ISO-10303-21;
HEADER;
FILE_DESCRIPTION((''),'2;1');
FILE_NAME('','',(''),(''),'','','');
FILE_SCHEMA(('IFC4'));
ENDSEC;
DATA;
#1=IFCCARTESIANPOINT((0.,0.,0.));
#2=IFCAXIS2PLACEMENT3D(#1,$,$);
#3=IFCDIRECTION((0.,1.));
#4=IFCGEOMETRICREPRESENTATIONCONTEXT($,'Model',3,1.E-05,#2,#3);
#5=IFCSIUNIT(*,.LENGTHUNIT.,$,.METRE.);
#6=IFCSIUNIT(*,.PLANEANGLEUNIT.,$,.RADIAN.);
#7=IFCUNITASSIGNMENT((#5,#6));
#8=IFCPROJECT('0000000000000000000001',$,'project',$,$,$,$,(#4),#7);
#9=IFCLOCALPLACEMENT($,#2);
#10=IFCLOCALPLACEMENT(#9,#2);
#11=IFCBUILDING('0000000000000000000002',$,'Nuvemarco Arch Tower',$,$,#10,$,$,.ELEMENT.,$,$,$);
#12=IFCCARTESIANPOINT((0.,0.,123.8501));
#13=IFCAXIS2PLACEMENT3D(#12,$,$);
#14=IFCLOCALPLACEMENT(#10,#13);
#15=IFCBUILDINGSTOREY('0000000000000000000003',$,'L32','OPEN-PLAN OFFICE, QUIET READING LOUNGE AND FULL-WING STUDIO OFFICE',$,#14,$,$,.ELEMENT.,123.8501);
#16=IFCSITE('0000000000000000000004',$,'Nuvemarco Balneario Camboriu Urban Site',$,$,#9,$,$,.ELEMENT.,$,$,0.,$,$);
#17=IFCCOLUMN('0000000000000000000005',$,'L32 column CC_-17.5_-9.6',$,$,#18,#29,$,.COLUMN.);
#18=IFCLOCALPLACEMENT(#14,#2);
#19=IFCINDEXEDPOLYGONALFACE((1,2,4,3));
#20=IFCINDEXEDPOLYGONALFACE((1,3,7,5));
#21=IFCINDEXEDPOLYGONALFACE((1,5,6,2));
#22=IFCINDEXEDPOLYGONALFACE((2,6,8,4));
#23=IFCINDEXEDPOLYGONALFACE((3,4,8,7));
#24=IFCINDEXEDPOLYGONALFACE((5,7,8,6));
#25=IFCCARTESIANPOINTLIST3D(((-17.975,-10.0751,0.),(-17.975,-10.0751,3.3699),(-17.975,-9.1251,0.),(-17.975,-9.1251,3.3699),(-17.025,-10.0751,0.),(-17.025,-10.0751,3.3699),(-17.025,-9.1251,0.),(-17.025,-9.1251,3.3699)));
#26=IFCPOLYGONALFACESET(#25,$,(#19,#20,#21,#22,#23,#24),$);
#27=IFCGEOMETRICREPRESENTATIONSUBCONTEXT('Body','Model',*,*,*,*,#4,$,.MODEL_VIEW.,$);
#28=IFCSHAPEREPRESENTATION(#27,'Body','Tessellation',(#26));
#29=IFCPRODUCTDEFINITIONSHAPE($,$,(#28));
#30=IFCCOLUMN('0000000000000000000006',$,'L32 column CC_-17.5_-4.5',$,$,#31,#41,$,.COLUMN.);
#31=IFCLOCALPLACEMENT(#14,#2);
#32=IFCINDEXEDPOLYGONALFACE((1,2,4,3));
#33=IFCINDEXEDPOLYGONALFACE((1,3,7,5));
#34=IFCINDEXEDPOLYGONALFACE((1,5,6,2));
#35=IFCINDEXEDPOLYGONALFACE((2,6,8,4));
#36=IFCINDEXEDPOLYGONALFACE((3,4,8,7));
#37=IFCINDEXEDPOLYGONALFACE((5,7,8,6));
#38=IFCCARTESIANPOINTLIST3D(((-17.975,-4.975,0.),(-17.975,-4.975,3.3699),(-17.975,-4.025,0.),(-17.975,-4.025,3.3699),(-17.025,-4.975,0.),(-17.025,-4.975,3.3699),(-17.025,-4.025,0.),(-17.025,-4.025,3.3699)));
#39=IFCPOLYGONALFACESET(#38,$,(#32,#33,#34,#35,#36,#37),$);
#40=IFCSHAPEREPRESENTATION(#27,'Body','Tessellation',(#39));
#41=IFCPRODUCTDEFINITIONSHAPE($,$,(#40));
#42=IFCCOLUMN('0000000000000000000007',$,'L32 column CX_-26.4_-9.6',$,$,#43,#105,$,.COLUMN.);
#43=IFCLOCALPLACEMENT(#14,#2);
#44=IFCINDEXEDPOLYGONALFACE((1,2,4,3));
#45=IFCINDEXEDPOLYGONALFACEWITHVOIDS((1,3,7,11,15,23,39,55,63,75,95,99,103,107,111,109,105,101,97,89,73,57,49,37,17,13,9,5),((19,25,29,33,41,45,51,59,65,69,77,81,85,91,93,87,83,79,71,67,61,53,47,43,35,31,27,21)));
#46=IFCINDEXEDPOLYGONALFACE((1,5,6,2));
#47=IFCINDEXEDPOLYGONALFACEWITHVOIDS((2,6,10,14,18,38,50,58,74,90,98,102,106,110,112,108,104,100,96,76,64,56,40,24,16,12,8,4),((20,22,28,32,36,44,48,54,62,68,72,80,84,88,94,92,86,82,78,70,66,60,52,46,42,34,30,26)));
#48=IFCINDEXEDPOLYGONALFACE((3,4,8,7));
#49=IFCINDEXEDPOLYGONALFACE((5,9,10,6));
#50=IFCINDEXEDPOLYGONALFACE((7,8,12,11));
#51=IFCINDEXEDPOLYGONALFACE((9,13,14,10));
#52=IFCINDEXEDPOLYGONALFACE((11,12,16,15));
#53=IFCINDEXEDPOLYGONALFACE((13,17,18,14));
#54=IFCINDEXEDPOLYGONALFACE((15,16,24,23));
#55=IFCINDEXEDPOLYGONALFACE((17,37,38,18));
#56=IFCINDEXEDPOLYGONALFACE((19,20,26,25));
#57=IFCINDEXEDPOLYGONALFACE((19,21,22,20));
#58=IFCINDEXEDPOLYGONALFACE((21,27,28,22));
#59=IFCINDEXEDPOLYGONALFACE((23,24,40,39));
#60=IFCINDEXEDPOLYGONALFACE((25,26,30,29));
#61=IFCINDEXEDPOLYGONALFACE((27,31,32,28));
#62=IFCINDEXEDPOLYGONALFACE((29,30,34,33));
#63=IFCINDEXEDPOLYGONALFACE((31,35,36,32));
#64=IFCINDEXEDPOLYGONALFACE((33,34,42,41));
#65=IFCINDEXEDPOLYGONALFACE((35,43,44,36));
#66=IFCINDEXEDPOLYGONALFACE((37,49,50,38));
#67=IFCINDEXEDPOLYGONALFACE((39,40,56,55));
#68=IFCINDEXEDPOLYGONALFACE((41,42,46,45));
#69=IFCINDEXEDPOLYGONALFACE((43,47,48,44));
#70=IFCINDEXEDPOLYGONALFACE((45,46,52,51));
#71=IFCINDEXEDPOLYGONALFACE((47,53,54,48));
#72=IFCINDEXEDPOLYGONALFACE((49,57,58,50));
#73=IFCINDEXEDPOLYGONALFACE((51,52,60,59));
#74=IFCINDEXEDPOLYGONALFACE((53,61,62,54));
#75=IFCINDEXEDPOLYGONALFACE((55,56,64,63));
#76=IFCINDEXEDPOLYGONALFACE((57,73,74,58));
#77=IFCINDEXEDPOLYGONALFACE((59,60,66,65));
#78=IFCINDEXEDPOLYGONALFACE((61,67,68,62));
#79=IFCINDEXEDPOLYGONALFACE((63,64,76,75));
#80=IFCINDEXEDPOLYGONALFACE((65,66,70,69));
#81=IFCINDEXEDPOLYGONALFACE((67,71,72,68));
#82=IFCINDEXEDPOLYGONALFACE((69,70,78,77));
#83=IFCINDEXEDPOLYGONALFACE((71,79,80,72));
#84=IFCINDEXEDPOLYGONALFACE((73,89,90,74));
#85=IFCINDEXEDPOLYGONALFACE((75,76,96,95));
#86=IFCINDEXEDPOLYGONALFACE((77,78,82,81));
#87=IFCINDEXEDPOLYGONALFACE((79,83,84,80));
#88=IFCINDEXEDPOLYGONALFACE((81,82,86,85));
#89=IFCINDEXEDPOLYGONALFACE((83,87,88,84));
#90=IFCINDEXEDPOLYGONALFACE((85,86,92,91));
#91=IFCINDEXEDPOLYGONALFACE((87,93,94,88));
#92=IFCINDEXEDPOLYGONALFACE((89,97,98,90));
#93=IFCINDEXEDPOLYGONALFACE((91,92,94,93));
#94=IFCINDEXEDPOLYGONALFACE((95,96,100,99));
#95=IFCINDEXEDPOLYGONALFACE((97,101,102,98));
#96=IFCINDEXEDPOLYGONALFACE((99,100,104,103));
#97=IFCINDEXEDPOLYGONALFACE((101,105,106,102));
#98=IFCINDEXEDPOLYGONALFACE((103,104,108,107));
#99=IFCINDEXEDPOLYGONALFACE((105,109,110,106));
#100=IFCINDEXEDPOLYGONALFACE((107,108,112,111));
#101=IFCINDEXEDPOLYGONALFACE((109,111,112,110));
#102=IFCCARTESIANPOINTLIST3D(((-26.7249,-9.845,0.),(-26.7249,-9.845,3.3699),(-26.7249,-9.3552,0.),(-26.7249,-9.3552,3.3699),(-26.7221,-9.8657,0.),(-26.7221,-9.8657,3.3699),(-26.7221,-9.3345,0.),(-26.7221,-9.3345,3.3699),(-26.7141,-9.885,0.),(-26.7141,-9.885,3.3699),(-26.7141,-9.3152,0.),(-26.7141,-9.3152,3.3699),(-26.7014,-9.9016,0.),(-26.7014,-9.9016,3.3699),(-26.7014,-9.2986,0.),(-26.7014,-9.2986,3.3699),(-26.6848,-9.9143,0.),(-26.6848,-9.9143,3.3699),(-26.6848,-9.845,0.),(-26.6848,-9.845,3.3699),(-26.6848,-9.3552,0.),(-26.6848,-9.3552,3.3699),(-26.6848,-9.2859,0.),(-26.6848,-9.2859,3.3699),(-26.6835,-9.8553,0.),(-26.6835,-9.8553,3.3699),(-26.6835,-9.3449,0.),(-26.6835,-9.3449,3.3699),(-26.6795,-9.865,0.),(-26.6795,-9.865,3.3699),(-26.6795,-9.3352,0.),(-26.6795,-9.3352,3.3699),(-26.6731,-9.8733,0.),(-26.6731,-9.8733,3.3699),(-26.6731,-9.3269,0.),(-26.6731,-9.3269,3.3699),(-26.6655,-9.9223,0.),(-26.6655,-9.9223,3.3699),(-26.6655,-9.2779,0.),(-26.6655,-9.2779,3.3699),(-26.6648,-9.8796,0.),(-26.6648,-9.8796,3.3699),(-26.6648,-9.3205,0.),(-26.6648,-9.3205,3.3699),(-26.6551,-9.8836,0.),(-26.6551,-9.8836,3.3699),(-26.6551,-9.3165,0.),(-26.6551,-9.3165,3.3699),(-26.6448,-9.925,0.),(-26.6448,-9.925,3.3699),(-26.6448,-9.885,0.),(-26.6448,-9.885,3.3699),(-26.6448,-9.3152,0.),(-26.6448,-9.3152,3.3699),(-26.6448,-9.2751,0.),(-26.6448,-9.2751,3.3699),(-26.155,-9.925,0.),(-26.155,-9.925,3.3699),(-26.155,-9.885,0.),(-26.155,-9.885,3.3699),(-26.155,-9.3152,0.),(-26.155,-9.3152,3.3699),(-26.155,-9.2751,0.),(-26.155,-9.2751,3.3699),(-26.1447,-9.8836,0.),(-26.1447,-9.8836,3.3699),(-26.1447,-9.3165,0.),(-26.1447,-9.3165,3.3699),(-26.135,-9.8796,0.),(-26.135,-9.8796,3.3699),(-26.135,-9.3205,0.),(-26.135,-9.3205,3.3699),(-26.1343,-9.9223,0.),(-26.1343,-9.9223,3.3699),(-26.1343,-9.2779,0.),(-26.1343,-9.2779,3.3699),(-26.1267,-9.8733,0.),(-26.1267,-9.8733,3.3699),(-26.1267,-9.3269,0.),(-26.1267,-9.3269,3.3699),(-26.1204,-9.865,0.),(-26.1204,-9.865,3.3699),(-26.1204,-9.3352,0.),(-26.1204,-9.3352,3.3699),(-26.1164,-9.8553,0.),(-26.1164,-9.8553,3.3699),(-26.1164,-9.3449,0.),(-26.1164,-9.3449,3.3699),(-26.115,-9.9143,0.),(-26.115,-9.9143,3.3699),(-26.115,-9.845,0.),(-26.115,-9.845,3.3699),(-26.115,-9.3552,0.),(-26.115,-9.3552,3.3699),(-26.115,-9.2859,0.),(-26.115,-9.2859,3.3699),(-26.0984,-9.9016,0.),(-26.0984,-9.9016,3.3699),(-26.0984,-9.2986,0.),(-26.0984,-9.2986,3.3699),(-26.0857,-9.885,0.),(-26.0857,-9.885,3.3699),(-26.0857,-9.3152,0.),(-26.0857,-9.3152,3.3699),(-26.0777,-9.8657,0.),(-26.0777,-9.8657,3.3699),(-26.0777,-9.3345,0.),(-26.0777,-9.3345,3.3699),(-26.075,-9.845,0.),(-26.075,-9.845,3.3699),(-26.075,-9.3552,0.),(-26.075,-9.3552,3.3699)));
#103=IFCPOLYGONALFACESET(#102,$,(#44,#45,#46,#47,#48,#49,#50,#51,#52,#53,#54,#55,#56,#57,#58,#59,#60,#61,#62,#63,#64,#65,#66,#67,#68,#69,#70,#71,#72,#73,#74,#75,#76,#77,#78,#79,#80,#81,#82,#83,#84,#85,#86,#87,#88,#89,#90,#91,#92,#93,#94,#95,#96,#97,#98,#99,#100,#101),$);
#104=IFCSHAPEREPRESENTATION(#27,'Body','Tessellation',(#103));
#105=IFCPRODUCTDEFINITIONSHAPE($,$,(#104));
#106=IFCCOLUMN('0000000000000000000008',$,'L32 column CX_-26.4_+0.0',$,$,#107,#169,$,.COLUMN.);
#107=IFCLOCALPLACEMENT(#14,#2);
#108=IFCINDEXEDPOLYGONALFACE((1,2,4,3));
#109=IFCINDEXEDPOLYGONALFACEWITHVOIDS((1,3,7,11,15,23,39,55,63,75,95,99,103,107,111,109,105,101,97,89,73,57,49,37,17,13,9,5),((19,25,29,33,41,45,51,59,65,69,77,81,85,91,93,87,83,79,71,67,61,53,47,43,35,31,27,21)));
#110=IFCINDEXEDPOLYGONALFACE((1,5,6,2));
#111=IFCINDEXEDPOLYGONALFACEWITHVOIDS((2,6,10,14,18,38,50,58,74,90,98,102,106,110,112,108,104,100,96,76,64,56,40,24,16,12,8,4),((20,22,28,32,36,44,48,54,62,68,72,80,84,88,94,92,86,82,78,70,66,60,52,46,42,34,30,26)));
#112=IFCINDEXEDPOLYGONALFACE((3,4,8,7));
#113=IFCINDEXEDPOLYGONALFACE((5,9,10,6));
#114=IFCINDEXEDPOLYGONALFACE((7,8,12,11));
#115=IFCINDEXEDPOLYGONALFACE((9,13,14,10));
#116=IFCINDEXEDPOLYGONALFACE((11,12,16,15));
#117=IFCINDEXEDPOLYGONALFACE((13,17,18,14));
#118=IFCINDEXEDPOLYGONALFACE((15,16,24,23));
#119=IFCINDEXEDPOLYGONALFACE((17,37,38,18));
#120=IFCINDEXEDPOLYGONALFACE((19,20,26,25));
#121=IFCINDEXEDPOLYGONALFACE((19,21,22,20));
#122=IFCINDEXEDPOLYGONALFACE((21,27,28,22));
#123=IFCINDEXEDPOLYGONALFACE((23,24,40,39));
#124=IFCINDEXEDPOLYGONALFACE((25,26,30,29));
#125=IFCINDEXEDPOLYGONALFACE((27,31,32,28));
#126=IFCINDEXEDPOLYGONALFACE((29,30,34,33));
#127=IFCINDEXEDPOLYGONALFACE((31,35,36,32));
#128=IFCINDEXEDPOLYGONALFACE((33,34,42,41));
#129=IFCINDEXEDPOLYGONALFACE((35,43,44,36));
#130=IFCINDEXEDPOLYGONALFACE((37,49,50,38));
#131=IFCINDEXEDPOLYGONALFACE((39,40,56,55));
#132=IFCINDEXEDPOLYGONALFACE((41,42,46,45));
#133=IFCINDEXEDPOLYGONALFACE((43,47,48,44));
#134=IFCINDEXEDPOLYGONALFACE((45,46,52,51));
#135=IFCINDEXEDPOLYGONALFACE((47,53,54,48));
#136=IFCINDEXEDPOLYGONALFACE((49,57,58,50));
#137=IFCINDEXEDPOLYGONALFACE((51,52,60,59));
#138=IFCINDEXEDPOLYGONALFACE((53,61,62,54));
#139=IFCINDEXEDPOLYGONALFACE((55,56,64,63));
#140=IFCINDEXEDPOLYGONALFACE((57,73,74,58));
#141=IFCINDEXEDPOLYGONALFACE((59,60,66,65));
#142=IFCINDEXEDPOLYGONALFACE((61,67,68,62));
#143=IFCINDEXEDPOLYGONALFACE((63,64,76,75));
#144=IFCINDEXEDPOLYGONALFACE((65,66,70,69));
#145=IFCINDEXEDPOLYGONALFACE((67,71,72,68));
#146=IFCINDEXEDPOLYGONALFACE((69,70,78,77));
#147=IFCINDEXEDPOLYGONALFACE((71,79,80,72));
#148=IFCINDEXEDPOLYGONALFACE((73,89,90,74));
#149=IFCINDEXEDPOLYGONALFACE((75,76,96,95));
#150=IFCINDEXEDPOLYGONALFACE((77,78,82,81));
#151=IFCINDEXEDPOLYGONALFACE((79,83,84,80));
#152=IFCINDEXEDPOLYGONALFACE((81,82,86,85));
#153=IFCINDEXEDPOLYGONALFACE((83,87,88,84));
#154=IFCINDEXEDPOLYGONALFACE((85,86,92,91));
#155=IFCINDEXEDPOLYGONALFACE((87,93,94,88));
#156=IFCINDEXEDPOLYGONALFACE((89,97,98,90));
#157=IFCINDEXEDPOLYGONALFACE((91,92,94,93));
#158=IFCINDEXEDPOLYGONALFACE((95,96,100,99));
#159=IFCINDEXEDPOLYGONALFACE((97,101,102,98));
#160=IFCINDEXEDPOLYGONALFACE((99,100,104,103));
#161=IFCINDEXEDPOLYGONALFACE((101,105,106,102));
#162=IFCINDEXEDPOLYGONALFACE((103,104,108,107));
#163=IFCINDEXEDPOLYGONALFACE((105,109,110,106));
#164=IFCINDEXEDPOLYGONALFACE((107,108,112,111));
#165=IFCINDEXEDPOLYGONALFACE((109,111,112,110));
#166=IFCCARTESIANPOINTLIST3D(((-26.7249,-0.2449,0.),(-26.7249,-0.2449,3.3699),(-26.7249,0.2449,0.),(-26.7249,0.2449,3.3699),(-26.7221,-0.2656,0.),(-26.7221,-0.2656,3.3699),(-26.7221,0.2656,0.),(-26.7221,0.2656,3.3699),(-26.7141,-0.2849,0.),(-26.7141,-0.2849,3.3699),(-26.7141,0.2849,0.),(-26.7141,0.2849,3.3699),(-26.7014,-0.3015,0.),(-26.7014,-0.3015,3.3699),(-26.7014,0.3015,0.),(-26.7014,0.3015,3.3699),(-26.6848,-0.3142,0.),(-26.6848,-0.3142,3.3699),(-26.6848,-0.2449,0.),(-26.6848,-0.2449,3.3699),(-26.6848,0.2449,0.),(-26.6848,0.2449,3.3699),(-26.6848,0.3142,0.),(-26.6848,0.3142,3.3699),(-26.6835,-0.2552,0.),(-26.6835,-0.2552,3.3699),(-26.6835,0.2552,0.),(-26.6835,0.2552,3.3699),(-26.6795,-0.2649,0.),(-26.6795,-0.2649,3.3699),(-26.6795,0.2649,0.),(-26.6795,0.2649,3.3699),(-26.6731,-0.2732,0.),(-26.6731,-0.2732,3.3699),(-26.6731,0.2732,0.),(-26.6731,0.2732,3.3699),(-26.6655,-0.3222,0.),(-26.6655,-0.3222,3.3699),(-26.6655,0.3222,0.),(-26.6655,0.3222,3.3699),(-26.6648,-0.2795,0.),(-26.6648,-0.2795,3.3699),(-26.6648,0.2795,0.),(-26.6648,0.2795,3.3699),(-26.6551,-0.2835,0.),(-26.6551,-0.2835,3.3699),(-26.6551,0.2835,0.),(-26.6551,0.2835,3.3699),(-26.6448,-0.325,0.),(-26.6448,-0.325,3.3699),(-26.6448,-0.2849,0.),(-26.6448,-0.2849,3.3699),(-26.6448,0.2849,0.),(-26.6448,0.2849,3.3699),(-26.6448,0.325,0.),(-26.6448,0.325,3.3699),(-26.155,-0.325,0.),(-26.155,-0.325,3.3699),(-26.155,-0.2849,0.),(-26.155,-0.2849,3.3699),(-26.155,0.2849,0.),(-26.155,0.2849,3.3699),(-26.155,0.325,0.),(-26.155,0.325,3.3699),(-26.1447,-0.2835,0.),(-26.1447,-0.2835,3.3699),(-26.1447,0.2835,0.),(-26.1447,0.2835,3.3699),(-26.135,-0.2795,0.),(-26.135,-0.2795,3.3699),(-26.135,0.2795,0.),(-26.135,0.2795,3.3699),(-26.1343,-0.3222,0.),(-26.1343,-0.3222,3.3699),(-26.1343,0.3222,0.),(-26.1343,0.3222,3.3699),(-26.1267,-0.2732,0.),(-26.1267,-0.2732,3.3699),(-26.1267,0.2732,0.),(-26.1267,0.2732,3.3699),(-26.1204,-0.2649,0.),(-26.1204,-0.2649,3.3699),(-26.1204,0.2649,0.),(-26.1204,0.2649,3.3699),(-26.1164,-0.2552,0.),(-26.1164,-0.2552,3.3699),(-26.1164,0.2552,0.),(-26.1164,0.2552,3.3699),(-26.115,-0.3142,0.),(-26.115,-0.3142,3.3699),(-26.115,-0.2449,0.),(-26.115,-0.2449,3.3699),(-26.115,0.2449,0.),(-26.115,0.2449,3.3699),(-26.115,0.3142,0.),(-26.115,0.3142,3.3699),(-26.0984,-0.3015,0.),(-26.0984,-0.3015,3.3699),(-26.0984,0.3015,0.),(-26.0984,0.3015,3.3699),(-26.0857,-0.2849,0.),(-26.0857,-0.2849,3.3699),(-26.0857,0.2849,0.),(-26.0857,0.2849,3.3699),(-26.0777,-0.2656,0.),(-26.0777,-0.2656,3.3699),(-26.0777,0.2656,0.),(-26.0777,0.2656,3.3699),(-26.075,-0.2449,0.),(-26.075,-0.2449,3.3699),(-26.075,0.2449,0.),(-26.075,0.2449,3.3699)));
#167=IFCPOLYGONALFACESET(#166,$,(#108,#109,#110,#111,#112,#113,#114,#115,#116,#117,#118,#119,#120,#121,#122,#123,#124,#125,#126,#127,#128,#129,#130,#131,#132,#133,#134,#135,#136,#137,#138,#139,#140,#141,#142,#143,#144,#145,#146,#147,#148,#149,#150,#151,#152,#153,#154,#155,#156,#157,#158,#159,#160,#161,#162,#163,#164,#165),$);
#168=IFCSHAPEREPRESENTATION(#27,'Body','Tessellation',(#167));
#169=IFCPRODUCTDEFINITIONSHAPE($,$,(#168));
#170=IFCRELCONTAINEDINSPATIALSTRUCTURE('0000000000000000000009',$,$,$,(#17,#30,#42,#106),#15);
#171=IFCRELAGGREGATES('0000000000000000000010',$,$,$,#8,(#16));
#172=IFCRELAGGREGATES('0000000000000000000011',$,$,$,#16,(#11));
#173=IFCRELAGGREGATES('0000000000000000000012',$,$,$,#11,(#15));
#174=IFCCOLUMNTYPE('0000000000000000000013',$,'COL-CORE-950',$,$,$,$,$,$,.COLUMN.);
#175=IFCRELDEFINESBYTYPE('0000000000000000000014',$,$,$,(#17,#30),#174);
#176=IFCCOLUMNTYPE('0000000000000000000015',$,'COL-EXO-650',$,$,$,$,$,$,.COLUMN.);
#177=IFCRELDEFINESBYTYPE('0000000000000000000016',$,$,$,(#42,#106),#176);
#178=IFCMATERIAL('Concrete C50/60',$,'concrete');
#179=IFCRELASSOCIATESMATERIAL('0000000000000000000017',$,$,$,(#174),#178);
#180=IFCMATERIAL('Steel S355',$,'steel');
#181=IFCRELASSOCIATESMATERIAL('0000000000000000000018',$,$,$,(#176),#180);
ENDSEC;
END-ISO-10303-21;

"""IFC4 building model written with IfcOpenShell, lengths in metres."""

from ifc_helpers import new_model, si_unit, direction, frame, origin, origin_2d, place, context, subcontext, project, spatial, rectangle, hollow_rectangle, extrude, material, material_profile, profile_set, type_object, element, save


model = new_model("IFC4")

# Units and contexts
model_context = context("Model", 3, precision=1e-05, world=origin(), true_north=direction((0.0, 1.0)))
body_context = subcontext(model_context, "Body", "Model", "MODEL_VIEW")
ifc_project = project(units=[si_unit("LENGTHUNIT", "METRE"), si_unit("PLANEANGLEUNIT", "RADIAN")], contexts=[model_context])

# Site, building, storey
site_placement = place(None, origin())
site = spatial("IfcSite", under=ifc_project, at=site_placement, Name="Nuvemarco Balneario Camboriu Urban Site", CompositionType="ELEMENT", RefElevation=0.0)
building_placement = place(site_placement, origin())
building = spatial("IfcBuilding", under=site, at=building_placement, Name="Nuvemarco Arch Tower", CompositionType="ELEMENT")
storey_placement = place(building_placement, frame((0.0, 0.0, 123.8501)))
storey = spatial("IfcBuildingStorey", under=building, at=storey_placement, Name="L32", Description="OPEN-PLAN OFFICE, QUIET READING LOUNGE AND FULL-WING STUDIO OFFICE", CompositionType="ELEMENT", Elevation=123.8501)

# Columns
ifc_material_1 = material(Name="Concrete C50/60", Category="concrete")
ifc_material_profile_1 = material_profile(ifc_material_1, rectangle(XDim=0.95, YDim=0.95, at=origin_2d()), Name="RC-COL-950x950")
ifc_profile_set_1 = profile_set([ifc_material_profile_1], Name="Concrete C50/60")
column_type_1 = type_object("IfcColumnType", Name="COL-CORE-950", PredefinedType="COLUMN", material=ifc_profile_set_1)
for number, where, z_axis, x_axis, name in (
    (1, (-17.5, -9.6001, 0.0), (0.0, 0.0, 1.0), (1.0, 0.0, 0.0), "L32 column CC_-17.5_-9.6"),
    (2, (-17.5, -4.5, 0.0), (0.0, 0.0, 1.0), (1.0, 0.0, 0.0), "L32 column CC_-17.5_-4.5"),
):
    element("IfcColumn", number, at=place(storey_placement, frame(where, z_axis=z_axis, x_axis=x_axis)), inside=storey, type_object=column_type_1, Name=name, PredefinedType="COLUMN", context=body_context, shape_type="SweptSolid", body=[
        extrude(rectangle(XDim=0.95, YDim=0.95, at=origin_2d()), origin(), (0.0, 0.0, 1.0), 3.3699),
    ])
ifc_material_2 = material(Name="Steel S355", Category="steel")
ifc_material_profile_2 = material_profile(ifc_material_2, hollow_rectangle(XDim=0.6499, YDim=0.6499, WallThickness=0.04, InnerFilletRadius=0.04, OuterFilletRadius=0.0801, at=origin_2d()), Name="SHS650x650x40")
ifc_profile_set_2 = profile_set([ifc_material_profile_2], Name="Steel S355")
column_type_2 = type_object("IfcColumnType", Name="COL-EXO-650", PredefinedType="COLUMN", material=ifc_profile_set_2)
for number, where, z_axis, x_axis, name in (
    (3, (-26.3999, -9.6001, 0.0), (0.0, 0.0, 1.0), (1.0, 0.0, 0.0), "L32 column CX_-26.4_-9.6"),
    (4, (-26.3999, 0.0, 0.0), (0.0, 0.0, 1.0), (1.0, 0.0, 0.0), "L32 column CX_-26.4_+0.0"),
):
    element("IfcColumn", number, at=place(storey_placement, frame(where, z_axis=z_axis, x_axis=x_axis)), inside=storey, type_object=column_type_2, Name=name, PredefinedType="COLUMN", context=body_context, shape_type="SweptSolid", body=[
        extrude(hollow_rectangle(XDim=0.6499, YDim=0.6499, WallThickness=0.04, InnerFilletRadius=0.04, OuterFilletRadius=0.0801, at=origin_2d()), origin(), (0.0, 0.0, 1.0), 3.3699),
    ])

save(model, "model.ifc")
